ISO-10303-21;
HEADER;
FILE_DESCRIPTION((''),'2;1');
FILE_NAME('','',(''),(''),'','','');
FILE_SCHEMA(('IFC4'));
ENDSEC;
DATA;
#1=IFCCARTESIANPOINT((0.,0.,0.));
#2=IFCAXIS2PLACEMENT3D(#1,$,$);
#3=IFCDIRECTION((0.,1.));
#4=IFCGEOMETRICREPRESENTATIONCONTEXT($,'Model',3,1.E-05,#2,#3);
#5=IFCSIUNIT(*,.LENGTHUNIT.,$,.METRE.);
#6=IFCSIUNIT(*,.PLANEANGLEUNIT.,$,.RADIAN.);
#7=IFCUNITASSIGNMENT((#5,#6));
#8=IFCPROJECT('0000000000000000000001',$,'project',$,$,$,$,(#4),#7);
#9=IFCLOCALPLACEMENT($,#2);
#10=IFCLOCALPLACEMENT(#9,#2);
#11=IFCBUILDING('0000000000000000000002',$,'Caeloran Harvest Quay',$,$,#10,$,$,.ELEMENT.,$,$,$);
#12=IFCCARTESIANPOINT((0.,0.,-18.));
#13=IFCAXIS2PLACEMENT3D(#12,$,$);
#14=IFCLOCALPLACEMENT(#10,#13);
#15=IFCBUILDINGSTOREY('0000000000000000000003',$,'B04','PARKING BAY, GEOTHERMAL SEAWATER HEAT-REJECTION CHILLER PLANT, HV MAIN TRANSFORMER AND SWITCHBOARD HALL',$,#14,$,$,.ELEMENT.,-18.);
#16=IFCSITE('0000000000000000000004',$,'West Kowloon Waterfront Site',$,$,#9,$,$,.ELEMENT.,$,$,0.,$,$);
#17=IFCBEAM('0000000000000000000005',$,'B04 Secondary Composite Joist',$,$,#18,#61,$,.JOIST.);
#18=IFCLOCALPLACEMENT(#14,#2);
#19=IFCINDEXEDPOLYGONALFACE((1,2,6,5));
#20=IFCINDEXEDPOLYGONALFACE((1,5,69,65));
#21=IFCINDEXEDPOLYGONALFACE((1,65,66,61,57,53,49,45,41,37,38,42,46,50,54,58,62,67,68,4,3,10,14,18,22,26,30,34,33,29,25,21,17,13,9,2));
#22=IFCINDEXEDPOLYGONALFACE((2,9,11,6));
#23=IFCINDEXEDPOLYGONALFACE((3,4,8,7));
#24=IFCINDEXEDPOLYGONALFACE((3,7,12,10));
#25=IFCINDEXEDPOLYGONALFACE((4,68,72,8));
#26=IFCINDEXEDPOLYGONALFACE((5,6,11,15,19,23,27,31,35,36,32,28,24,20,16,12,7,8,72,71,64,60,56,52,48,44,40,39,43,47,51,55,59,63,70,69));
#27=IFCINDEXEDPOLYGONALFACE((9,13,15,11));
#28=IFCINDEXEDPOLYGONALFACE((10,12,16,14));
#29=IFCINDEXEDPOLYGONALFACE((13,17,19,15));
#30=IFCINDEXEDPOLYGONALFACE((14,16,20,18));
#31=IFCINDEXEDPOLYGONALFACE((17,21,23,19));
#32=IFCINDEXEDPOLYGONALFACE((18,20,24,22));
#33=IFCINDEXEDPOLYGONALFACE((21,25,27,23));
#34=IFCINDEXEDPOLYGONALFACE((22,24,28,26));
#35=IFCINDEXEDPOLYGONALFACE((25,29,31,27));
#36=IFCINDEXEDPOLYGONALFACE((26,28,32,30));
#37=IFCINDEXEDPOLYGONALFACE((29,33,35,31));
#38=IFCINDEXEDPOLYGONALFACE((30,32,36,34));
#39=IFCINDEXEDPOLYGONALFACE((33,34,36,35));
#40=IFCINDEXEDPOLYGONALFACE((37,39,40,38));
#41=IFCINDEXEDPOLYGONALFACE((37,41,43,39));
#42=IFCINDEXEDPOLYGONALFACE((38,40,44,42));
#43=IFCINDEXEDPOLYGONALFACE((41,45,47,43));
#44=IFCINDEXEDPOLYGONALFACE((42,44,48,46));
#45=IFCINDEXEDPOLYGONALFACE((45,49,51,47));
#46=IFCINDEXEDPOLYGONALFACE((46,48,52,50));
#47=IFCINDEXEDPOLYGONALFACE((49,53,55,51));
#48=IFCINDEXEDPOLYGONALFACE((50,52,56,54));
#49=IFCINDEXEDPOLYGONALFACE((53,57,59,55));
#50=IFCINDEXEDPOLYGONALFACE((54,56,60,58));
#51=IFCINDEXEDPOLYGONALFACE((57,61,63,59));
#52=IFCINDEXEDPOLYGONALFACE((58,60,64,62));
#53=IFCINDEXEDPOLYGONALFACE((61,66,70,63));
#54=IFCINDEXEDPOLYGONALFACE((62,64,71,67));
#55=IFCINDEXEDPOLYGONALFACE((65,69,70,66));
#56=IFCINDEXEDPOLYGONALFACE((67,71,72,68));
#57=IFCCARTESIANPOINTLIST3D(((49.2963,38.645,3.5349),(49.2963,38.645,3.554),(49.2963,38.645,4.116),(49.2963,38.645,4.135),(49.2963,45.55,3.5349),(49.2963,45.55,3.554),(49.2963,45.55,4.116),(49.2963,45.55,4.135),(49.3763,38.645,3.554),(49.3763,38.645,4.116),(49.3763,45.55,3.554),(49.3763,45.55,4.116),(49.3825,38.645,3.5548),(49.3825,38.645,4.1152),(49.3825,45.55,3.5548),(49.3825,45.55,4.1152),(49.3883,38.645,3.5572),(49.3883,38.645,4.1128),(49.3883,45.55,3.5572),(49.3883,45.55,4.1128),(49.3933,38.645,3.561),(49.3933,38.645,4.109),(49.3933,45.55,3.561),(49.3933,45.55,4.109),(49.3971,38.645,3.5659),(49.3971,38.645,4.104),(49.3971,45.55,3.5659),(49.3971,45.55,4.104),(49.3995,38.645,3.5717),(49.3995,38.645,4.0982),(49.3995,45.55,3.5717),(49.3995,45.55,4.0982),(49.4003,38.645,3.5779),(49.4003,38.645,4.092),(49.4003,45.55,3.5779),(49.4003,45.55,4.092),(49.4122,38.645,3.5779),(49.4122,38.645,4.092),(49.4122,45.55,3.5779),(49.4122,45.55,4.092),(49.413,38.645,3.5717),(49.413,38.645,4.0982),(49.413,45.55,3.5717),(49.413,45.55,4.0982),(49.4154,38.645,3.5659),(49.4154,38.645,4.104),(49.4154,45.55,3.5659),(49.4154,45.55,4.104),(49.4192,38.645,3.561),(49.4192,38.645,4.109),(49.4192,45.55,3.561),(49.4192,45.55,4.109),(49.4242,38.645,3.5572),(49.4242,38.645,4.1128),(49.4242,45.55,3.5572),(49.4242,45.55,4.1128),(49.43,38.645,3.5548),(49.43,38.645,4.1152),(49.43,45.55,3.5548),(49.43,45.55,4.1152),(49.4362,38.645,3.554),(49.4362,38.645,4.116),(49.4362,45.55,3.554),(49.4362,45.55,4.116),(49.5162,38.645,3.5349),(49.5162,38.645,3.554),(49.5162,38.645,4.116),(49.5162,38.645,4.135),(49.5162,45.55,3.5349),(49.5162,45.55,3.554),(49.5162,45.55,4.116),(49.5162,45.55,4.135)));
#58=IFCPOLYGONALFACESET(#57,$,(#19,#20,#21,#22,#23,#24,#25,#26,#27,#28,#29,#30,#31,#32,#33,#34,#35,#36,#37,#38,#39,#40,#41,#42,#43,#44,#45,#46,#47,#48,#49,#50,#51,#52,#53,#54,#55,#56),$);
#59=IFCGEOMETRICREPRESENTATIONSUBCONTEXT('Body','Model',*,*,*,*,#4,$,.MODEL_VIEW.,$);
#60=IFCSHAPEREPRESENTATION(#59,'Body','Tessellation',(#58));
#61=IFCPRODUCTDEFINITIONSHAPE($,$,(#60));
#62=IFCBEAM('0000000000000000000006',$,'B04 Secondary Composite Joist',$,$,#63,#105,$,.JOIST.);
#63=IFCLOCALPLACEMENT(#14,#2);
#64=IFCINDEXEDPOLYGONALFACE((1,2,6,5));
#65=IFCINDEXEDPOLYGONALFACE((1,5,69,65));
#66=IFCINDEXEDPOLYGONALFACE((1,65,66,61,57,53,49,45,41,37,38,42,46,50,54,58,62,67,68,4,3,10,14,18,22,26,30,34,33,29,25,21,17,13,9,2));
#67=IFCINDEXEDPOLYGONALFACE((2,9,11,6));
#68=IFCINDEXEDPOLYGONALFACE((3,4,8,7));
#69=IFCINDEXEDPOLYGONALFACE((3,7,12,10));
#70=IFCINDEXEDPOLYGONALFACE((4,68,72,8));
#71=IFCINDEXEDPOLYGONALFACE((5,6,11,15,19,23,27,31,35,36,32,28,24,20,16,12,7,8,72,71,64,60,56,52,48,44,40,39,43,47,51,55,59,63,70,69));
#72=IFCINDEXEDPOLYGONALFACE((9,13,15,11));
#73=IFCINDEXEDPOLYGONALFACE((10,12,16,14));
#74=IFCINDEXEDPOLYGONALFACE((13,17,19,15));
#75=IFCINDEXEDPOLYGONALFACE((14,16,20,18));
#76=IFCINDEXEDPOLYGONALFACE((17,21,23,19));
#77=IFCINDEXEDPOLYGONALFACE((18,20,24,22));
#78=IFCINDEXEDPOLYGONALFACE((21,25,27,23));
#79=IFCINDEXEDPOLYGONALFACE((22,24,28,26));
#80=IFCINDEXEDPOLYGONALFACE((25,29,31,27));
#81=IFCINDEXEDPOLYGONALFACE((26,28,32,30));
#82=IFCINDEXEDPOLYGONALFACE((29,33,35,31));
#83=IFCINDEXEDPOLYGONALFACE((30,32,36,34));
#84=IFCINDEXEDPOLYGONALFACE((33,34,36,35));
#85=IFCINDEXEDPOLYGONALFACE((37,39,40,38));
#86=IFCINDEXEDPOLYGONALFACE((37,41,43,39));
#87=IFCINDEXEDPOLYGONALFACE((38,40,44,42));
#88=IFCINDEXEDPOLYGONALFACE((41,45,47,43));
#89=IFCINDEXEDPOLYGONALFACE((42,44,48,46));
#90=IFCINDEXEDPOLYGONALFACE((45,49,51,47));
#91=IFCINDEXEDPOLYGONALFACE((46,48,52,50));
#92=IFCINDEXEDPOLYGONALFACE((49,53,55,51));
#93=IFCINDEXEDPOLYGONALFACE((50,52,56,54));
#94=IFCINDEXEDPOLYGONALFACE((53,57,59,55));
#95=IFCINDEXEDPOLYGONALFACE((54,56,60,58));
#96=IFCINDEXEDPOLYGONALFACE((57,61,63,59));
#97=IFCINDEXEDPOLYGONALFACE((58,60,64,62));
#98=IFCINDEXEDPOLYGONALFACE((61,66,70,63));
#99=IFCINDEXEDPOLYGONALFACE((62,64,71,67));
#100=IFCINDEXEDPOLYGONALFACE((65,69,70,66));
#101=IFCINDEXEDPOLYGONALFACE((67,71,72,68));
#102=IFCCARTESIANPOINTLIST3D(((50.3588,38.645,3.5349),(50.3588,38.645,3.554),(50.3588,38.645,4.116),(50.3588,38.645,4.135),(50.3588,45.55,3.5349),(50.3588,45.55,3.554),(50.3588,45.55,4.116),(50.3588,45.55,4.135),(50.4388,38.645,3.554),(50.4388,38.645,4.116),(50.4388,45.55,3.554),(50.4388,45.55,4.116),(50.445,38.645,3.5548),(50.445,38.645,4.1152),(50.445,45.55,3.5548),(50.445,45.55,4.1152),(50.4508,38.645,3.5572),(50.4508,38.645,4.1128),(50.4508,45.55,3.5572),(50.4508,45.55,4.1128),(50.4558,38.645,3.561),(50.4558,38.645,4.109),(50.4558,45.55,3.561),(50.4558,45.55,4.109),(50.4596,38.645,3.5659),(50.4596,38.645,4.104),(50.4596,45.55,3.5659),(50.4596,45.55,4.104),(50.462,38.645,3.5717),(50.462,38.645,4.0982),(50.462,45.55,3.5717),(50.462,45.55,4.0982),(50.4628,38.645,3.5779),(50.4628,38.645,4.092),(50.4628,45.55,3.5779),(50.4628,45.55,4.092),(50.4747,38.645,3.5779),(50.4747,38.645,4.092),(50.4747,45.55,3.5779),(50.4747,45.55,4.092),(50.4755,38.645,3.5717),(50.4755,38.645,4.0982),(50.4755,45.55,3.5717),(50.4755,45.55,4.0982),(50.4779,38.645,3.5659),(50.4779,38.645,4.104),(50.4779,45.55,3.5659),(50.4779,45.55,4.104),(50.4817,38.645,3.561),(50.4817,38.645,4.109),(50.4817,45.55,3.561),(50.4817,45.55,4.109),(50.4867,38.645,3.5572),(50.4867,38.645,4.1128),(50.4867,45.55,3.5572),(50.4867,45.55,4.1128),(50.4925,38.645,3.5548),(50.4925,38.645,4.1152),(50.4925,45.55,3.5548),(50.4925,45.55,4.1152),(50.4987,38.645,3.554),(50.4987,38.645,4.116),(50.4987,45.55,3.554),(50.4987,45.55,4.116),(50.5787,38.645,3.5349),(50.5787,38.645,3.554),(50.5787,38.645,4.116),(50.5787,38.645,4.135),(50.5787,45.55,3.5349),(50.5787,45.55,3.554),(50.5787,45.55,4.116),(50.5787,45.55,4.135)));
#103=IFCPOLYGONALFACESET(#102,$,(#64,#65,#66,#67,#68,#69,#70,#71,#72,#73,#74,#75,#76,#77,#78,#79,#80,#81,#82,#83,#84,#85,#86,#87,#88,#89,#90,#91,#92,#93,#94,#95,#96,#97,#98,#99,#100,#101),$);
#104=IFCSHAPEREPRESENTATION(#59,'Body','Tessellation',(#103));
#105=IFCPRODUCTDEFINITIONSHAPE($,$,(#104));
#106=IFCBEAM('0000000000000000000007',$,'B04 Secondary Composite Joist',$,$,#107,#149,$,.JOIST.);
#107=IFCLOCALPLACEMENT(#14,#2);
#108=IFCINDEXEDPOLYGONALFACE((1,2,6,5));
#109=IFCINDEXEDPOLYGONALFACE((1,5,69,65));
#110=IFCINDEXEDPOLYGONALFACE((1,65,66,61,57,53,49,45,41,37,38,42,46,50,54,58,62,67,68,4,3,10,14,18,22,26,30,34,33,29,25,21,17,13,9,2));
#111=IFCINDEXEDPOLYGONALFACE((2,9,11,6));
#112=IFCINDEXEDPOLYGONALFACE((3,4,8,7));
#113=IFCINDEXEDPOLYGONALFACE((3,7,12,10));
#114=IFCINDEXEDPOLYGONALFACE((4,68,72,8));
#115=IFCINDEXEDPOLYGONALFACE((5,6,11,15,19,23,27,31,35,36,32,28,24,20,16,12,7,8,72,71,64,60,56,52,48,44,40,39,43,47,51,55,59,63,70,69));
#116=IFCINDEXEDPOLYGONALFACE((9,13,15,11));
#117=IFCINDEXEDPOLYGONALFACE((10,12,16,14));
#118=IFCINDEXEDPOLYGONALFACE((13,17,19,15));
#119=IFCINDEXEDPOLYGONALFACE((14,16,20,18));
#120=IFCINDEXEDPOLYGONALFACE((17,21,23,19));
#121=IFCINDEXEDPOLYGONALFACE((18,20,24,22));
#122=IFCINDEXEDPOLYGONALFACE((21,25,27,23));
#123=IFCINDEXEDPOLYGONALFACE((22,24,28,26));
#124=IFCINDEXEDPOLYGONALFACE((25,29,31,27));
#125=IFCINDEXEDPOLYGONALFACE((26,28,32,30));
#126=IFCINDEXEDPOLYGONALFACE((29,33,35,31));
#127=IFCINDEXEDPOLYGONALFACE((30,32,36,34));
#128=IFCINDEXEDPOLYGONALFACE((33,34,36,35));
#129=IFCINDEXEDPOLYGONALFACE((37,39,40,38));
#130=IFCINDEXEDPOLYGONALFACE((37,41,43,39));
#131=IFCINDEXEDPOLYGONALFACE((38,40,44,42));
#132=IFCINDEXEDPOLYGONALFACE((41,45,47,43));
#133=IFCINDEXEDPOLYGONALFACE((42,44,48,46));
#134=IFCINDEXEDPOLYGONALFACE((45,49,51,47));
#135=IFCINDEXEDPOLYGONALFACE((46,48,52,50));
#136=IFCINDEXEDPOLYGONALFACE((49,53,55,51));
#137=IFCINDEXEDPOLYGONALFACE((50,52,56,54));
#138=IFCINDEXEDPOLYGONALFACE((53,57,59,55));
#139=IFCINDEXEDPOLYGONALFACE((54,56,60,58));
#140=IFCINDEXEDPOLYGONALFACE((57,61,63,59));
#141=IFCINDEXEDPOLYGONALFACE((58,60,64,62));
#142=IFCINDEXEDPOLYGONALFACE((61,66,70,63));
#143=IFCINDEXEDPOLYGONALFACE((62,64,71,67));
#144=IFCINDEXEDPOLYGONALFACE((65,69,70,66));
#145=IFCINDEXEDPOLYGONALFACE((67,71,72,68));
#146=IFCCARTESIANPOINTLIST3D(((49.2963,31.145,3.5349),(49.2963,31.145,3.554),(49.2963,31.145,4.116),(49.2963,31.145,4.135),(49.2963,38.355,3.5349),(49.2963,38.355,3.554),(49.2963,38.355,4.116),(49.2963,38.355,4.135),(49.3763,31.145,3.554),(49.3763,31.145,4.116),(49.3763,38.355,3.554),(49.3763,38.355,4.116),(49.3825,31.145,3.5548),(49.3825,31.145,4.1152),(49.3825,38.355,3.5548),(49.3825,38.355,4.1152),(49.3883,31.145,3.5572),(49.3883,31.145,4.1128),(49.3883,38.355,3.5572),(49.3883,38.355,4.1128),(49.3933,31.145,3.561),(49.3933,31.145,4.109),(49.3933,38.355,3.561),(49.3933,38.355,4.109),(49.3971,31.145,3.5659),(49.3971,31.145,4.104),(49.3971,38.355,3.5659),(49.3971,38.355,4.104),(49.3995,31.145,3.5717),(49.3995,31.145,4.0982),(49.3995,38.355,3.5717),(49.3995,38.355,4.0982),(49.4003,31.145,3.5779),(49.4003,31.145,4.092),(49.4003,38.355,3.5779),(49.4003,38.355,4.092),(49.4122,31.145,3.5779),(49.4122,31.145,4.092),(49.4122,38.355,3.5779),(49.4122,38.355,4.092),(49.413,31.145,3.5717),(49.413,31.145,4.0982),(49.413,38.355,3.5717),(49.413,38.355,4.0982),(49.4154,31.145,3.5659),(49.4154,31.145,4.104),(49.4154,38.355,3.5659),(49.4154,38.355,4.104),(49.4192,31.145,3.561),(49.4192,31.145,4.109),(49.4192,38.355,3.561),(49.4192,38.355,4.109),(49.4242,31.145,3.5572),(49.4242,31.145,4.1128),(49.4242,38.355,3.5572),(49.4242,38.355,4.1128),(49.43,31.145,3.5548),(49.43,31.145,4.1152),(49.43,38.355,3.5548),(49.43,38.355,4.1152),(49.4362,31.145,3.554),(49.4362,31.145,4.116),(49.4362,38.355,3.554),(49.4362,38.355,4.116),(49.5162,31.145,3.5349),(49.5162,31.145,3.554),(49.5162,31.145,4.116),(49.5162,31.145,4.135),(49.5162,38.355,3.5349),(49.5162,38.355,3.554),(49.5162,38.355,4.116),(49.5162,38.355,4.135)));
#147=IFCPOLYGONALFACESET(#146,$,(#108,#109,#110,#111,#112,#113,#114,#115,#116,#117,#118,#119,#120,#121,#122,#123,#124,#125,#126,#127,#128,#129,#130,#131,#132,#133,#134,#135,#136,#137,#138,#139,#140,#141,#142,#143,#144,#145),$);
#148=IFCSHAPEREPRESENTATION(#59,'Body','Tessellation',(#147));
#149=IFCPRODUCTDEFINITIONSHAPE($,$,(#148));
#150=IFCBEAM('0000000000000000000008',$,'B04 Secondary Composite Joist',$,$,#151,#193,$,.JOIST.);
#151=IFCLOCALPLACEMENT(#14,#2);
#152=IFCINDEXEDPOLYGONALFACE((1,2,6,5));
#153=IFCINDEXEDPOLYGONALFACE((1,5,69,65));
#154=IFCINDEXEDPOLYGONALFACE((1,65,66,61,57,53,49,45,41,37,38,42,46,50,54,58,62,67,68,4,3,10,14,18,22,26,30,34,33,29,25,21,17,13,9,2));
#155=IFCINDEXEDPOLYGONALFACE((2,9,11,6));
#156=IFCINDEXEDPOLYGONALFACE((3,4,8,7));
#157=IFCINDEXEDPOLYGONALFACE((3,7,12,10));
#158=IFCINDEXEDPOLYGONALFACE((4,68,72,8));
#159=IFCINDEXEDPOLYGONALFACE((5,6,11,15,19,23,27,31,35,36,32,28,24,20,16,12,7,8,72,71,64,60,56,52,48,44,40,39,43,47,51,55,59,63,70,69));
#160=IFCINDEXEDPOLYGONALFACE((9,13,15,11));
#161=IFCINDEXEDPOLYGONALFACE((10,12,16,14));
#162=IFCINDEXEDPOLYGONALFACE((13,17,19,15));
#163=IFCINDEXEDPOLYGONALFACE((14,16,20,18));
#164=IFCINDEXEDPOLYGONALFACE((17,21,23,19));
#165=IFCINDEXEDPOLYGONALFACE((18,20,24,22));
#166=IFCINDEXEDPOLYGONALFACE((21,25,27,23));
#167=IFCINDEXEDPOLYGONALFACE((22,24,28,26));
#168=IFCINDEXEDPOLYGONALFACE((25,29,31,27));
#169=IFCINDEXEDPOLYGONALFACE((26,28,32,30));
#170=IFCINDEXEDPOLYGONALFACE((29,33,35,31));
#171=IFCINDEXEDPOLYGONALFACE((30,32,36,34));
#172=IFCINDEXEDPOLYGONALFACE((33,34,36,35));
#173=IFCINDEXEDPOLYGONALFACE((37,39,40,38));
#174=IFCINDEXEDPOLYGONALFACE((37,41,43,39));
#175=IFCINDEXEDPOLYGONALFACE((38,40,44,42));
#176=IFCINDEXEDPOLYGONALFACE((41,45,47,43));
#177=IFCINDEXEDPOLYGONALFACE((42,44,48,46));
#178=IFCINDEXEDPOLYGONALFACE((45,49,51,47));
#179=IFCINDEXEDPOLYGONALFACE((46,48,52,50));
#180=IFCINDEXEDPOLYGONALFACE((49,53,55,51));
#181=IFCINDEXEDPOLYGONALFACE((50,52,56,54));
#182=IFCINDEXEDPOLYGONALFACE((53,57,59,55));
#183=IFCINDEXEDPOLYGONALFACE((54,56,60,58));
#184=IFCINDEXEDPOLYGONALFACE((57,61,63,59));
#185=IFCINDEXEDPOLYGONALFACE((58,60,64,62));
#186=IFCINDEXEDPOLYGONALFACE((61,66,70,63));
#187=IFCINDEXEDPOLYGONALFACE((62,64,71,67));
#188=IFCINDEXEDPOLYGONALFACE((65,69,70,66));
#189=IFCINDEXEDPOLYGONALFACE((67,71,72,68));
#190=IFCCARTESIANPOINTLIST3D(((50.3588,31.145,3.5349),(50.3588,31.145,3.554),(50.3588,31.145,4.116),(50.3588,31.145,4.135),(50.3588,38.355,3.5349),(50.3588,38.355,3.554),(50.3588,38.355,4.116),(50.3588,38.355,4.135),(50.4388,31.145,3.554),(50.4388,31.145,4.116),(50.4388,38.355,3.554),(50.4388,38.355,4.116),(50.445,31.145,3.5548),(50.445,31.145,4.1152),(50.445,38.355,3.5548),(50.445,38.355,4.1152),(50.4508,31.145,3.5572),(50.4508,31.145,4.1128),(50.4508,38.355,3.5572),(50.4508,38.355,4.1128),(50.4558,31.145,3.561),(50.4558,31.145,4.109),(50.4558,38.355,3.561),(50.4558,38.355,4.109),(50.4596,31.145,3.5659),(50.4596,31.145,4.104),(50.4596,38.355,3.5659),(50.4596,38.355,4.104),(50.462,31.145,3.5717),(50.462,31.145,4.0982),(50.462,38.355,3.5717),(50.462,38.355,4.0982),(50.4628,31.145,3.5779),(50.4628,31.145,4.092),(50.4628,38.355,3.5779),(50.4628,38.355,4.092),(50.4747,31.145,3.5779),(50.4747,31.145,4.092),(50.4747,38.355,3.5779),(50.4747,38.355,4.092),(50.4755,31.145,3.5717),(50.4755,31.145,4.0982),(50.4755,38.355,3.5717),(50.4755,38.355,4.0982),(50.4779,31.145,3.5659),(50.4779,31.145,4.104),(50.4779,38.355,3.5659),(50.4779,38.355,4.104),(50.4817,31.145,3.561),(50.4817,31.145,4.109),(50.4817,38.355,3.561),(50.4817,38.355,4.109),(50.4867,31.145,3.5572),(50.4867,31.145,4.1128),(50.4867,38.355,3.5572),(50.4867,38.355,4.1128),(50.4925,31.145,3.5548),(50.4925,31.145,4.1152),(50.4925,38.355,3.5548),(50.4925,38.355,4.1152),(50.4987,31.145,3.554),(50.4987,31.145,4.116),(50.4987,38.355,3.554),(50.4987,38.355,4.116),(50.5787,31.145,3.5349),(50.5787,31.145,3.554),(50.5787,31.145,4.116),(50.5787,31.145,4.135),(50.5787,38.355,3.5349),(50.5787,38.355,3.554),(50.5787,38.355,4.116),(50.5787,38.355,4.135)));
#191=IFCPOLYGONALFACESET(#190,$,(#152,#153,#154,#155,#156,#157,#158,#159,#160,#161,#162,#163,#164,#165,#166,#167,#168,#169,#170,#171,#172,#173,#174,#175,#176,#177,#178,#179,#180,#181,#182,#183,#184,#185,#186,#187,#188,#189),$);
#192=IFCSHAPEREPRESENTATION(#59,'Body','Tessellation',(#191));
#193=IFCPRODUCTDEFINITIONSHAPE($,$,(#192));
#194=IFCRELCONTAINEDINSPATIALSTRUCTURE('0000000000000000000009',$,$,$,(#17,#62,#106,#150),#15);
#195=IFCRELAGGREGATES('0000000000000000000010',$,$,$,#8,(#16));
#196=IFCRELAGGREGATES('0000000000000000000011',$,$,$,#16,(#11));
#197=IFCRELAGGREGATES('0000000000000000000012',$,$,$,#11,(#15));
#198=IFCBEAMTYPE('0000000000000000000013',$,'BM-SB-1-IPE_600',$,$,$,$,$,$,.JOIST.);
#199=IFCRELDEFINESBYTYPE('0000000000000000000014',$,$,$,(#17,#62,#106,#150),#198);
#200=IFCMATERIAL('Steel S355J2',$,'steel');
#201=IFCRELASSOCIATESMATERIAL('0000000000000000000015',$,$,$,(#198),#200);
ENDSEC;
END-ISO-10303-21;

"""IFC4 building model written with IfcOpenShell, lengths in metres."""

from ifc_helpers import new_model, si_unit, direction, frame, origin, origin_2d, place, context, subcontext, project, spatial, i_section, extrude, material, material_profile, profile_set, type_object, element, save


model = new_model("IFC4")

# Units and contexts
model_context = context("Model", 3, precision=1e-05, world=origin(), true_north=direction((0.0, 1.0)))
body_context = subcontext(model_context, "Body", "Model", "MODEL_VIEW")
ifc_project = project(units=[si_unit("LENGTHUNIT", "METRE"), si_unit("PLANEANGLEUNIT", "RADIAN")], contexts=[model_context])

# Site, building, storey
site_placement = place(None, origin())
site = spatial("IfcSite", under=ifc_project, at=site_placement, Name="West Kowloon Waterfront Site", CompositionType="ELEMENT", RefElevation=0.0)
building_placement = place(site_placement, origin())
building = spatial("IfcBuilding", under=site, at=building_placement, Name="Caeloran Harvest Quay", CompositionType="ELEMENT")
storey_placement = place(building_placement, frame((0.0, 0.0, -18.0)))
storey = spatial("IfcBuildingStorey", under=building, at=storey_placement, Name="B04", Description="PARKING BAY, GEOTHERMAL SEAWATER HEAT-REJECTION CHILLER PLANT, HV MAIN TRANSFORMER AND SWITCHBOARD HALL", CompositionType="ELEMENT", Elevation=-18.0)

# Beams
ifc_material_1 = material(Name="Steel S355J2", Category="steel")
ifc_material_profile_1 = material_profile(ifc_material_1, i_section(OverallWidth=0.22, OverallDepth=0.6001, WebThickness=0.012, FlangeThickness=0.019, FilletRadius=0.0239, at=origin_2d()), Name="IPE 600")
ifc_profile_set_1 = profile_set([ifc_material_profile_1], Name="Steel S355J2")
beam_type_1 = type_object("IfcBeamType", Name="BM-SB-1-IPE_600", PredefinedType="JOIST", material=ifc_profile_set_1)
for number, where, z_axis, x_axis, name in (
    (1, (49.4062, 38.645, 3.835), (0.0, 1.0, 0.0), (-1.0, 0.0, 0.0), "B04 Secondary Composite Joist"),
    (2, (50.4688, 38.645, 3.835), (0.0, 1.0, 0.0), (-1.0, 0.0, 0.0), "B04 Secondary Composite Joist"),
):
    element("IfcBeam", number, at=place(storey_placement, frame(where, z_axis=z_axis, x_axis=x_axis)), inside=storey, type_object=beam_type_1, Name=name, PredefinedType="JOIST", context=body_context, shape_type="SweptSolid", body=[
        extrude(i_section(OverallWidth=0.22, OverallDepth=0.6001, WebThickness=0.012, FlangeThickness=0.019, FilletRadius=0.0239, at=origin_2d()), origin(), (0.0, 0.0, 1.0), 6.905),
    ])
for number, where, z_axis, x_axis, name in (
    (3, (49.4062, 31.145, 3.835), (0.0, 1.0, 0.0), (-1.0, 0.0, 0.0), "B04 Secondary Composite Joist"),
    (4, (50.4688, 31.145, 3.835), (0.0, 1.0, 0.0), (-1.0, 0.0, 0.0), "B04 Secondary Composite Joist"),
):
    element("IfcBeam", number, at=place(storey_placement, frame(where, z_axis=z_axis, x_axis=x_axis)), inside=storey, type_object=beam_type_1, Name=name, PredefinedType="JOIST", context=body_context, shape_type="SweptSolid", body=[
        extrude(i_section(OverallWidth=0.22, OverallDepth=0.6001, WebThickness=0.012, FlangeThickness=0.019, FilletRadius=0.0239, at=origin_2d()), origin(), (0.0, 0.0, 1.0), 7.21),
    ])

save(model, "model.ifc")
